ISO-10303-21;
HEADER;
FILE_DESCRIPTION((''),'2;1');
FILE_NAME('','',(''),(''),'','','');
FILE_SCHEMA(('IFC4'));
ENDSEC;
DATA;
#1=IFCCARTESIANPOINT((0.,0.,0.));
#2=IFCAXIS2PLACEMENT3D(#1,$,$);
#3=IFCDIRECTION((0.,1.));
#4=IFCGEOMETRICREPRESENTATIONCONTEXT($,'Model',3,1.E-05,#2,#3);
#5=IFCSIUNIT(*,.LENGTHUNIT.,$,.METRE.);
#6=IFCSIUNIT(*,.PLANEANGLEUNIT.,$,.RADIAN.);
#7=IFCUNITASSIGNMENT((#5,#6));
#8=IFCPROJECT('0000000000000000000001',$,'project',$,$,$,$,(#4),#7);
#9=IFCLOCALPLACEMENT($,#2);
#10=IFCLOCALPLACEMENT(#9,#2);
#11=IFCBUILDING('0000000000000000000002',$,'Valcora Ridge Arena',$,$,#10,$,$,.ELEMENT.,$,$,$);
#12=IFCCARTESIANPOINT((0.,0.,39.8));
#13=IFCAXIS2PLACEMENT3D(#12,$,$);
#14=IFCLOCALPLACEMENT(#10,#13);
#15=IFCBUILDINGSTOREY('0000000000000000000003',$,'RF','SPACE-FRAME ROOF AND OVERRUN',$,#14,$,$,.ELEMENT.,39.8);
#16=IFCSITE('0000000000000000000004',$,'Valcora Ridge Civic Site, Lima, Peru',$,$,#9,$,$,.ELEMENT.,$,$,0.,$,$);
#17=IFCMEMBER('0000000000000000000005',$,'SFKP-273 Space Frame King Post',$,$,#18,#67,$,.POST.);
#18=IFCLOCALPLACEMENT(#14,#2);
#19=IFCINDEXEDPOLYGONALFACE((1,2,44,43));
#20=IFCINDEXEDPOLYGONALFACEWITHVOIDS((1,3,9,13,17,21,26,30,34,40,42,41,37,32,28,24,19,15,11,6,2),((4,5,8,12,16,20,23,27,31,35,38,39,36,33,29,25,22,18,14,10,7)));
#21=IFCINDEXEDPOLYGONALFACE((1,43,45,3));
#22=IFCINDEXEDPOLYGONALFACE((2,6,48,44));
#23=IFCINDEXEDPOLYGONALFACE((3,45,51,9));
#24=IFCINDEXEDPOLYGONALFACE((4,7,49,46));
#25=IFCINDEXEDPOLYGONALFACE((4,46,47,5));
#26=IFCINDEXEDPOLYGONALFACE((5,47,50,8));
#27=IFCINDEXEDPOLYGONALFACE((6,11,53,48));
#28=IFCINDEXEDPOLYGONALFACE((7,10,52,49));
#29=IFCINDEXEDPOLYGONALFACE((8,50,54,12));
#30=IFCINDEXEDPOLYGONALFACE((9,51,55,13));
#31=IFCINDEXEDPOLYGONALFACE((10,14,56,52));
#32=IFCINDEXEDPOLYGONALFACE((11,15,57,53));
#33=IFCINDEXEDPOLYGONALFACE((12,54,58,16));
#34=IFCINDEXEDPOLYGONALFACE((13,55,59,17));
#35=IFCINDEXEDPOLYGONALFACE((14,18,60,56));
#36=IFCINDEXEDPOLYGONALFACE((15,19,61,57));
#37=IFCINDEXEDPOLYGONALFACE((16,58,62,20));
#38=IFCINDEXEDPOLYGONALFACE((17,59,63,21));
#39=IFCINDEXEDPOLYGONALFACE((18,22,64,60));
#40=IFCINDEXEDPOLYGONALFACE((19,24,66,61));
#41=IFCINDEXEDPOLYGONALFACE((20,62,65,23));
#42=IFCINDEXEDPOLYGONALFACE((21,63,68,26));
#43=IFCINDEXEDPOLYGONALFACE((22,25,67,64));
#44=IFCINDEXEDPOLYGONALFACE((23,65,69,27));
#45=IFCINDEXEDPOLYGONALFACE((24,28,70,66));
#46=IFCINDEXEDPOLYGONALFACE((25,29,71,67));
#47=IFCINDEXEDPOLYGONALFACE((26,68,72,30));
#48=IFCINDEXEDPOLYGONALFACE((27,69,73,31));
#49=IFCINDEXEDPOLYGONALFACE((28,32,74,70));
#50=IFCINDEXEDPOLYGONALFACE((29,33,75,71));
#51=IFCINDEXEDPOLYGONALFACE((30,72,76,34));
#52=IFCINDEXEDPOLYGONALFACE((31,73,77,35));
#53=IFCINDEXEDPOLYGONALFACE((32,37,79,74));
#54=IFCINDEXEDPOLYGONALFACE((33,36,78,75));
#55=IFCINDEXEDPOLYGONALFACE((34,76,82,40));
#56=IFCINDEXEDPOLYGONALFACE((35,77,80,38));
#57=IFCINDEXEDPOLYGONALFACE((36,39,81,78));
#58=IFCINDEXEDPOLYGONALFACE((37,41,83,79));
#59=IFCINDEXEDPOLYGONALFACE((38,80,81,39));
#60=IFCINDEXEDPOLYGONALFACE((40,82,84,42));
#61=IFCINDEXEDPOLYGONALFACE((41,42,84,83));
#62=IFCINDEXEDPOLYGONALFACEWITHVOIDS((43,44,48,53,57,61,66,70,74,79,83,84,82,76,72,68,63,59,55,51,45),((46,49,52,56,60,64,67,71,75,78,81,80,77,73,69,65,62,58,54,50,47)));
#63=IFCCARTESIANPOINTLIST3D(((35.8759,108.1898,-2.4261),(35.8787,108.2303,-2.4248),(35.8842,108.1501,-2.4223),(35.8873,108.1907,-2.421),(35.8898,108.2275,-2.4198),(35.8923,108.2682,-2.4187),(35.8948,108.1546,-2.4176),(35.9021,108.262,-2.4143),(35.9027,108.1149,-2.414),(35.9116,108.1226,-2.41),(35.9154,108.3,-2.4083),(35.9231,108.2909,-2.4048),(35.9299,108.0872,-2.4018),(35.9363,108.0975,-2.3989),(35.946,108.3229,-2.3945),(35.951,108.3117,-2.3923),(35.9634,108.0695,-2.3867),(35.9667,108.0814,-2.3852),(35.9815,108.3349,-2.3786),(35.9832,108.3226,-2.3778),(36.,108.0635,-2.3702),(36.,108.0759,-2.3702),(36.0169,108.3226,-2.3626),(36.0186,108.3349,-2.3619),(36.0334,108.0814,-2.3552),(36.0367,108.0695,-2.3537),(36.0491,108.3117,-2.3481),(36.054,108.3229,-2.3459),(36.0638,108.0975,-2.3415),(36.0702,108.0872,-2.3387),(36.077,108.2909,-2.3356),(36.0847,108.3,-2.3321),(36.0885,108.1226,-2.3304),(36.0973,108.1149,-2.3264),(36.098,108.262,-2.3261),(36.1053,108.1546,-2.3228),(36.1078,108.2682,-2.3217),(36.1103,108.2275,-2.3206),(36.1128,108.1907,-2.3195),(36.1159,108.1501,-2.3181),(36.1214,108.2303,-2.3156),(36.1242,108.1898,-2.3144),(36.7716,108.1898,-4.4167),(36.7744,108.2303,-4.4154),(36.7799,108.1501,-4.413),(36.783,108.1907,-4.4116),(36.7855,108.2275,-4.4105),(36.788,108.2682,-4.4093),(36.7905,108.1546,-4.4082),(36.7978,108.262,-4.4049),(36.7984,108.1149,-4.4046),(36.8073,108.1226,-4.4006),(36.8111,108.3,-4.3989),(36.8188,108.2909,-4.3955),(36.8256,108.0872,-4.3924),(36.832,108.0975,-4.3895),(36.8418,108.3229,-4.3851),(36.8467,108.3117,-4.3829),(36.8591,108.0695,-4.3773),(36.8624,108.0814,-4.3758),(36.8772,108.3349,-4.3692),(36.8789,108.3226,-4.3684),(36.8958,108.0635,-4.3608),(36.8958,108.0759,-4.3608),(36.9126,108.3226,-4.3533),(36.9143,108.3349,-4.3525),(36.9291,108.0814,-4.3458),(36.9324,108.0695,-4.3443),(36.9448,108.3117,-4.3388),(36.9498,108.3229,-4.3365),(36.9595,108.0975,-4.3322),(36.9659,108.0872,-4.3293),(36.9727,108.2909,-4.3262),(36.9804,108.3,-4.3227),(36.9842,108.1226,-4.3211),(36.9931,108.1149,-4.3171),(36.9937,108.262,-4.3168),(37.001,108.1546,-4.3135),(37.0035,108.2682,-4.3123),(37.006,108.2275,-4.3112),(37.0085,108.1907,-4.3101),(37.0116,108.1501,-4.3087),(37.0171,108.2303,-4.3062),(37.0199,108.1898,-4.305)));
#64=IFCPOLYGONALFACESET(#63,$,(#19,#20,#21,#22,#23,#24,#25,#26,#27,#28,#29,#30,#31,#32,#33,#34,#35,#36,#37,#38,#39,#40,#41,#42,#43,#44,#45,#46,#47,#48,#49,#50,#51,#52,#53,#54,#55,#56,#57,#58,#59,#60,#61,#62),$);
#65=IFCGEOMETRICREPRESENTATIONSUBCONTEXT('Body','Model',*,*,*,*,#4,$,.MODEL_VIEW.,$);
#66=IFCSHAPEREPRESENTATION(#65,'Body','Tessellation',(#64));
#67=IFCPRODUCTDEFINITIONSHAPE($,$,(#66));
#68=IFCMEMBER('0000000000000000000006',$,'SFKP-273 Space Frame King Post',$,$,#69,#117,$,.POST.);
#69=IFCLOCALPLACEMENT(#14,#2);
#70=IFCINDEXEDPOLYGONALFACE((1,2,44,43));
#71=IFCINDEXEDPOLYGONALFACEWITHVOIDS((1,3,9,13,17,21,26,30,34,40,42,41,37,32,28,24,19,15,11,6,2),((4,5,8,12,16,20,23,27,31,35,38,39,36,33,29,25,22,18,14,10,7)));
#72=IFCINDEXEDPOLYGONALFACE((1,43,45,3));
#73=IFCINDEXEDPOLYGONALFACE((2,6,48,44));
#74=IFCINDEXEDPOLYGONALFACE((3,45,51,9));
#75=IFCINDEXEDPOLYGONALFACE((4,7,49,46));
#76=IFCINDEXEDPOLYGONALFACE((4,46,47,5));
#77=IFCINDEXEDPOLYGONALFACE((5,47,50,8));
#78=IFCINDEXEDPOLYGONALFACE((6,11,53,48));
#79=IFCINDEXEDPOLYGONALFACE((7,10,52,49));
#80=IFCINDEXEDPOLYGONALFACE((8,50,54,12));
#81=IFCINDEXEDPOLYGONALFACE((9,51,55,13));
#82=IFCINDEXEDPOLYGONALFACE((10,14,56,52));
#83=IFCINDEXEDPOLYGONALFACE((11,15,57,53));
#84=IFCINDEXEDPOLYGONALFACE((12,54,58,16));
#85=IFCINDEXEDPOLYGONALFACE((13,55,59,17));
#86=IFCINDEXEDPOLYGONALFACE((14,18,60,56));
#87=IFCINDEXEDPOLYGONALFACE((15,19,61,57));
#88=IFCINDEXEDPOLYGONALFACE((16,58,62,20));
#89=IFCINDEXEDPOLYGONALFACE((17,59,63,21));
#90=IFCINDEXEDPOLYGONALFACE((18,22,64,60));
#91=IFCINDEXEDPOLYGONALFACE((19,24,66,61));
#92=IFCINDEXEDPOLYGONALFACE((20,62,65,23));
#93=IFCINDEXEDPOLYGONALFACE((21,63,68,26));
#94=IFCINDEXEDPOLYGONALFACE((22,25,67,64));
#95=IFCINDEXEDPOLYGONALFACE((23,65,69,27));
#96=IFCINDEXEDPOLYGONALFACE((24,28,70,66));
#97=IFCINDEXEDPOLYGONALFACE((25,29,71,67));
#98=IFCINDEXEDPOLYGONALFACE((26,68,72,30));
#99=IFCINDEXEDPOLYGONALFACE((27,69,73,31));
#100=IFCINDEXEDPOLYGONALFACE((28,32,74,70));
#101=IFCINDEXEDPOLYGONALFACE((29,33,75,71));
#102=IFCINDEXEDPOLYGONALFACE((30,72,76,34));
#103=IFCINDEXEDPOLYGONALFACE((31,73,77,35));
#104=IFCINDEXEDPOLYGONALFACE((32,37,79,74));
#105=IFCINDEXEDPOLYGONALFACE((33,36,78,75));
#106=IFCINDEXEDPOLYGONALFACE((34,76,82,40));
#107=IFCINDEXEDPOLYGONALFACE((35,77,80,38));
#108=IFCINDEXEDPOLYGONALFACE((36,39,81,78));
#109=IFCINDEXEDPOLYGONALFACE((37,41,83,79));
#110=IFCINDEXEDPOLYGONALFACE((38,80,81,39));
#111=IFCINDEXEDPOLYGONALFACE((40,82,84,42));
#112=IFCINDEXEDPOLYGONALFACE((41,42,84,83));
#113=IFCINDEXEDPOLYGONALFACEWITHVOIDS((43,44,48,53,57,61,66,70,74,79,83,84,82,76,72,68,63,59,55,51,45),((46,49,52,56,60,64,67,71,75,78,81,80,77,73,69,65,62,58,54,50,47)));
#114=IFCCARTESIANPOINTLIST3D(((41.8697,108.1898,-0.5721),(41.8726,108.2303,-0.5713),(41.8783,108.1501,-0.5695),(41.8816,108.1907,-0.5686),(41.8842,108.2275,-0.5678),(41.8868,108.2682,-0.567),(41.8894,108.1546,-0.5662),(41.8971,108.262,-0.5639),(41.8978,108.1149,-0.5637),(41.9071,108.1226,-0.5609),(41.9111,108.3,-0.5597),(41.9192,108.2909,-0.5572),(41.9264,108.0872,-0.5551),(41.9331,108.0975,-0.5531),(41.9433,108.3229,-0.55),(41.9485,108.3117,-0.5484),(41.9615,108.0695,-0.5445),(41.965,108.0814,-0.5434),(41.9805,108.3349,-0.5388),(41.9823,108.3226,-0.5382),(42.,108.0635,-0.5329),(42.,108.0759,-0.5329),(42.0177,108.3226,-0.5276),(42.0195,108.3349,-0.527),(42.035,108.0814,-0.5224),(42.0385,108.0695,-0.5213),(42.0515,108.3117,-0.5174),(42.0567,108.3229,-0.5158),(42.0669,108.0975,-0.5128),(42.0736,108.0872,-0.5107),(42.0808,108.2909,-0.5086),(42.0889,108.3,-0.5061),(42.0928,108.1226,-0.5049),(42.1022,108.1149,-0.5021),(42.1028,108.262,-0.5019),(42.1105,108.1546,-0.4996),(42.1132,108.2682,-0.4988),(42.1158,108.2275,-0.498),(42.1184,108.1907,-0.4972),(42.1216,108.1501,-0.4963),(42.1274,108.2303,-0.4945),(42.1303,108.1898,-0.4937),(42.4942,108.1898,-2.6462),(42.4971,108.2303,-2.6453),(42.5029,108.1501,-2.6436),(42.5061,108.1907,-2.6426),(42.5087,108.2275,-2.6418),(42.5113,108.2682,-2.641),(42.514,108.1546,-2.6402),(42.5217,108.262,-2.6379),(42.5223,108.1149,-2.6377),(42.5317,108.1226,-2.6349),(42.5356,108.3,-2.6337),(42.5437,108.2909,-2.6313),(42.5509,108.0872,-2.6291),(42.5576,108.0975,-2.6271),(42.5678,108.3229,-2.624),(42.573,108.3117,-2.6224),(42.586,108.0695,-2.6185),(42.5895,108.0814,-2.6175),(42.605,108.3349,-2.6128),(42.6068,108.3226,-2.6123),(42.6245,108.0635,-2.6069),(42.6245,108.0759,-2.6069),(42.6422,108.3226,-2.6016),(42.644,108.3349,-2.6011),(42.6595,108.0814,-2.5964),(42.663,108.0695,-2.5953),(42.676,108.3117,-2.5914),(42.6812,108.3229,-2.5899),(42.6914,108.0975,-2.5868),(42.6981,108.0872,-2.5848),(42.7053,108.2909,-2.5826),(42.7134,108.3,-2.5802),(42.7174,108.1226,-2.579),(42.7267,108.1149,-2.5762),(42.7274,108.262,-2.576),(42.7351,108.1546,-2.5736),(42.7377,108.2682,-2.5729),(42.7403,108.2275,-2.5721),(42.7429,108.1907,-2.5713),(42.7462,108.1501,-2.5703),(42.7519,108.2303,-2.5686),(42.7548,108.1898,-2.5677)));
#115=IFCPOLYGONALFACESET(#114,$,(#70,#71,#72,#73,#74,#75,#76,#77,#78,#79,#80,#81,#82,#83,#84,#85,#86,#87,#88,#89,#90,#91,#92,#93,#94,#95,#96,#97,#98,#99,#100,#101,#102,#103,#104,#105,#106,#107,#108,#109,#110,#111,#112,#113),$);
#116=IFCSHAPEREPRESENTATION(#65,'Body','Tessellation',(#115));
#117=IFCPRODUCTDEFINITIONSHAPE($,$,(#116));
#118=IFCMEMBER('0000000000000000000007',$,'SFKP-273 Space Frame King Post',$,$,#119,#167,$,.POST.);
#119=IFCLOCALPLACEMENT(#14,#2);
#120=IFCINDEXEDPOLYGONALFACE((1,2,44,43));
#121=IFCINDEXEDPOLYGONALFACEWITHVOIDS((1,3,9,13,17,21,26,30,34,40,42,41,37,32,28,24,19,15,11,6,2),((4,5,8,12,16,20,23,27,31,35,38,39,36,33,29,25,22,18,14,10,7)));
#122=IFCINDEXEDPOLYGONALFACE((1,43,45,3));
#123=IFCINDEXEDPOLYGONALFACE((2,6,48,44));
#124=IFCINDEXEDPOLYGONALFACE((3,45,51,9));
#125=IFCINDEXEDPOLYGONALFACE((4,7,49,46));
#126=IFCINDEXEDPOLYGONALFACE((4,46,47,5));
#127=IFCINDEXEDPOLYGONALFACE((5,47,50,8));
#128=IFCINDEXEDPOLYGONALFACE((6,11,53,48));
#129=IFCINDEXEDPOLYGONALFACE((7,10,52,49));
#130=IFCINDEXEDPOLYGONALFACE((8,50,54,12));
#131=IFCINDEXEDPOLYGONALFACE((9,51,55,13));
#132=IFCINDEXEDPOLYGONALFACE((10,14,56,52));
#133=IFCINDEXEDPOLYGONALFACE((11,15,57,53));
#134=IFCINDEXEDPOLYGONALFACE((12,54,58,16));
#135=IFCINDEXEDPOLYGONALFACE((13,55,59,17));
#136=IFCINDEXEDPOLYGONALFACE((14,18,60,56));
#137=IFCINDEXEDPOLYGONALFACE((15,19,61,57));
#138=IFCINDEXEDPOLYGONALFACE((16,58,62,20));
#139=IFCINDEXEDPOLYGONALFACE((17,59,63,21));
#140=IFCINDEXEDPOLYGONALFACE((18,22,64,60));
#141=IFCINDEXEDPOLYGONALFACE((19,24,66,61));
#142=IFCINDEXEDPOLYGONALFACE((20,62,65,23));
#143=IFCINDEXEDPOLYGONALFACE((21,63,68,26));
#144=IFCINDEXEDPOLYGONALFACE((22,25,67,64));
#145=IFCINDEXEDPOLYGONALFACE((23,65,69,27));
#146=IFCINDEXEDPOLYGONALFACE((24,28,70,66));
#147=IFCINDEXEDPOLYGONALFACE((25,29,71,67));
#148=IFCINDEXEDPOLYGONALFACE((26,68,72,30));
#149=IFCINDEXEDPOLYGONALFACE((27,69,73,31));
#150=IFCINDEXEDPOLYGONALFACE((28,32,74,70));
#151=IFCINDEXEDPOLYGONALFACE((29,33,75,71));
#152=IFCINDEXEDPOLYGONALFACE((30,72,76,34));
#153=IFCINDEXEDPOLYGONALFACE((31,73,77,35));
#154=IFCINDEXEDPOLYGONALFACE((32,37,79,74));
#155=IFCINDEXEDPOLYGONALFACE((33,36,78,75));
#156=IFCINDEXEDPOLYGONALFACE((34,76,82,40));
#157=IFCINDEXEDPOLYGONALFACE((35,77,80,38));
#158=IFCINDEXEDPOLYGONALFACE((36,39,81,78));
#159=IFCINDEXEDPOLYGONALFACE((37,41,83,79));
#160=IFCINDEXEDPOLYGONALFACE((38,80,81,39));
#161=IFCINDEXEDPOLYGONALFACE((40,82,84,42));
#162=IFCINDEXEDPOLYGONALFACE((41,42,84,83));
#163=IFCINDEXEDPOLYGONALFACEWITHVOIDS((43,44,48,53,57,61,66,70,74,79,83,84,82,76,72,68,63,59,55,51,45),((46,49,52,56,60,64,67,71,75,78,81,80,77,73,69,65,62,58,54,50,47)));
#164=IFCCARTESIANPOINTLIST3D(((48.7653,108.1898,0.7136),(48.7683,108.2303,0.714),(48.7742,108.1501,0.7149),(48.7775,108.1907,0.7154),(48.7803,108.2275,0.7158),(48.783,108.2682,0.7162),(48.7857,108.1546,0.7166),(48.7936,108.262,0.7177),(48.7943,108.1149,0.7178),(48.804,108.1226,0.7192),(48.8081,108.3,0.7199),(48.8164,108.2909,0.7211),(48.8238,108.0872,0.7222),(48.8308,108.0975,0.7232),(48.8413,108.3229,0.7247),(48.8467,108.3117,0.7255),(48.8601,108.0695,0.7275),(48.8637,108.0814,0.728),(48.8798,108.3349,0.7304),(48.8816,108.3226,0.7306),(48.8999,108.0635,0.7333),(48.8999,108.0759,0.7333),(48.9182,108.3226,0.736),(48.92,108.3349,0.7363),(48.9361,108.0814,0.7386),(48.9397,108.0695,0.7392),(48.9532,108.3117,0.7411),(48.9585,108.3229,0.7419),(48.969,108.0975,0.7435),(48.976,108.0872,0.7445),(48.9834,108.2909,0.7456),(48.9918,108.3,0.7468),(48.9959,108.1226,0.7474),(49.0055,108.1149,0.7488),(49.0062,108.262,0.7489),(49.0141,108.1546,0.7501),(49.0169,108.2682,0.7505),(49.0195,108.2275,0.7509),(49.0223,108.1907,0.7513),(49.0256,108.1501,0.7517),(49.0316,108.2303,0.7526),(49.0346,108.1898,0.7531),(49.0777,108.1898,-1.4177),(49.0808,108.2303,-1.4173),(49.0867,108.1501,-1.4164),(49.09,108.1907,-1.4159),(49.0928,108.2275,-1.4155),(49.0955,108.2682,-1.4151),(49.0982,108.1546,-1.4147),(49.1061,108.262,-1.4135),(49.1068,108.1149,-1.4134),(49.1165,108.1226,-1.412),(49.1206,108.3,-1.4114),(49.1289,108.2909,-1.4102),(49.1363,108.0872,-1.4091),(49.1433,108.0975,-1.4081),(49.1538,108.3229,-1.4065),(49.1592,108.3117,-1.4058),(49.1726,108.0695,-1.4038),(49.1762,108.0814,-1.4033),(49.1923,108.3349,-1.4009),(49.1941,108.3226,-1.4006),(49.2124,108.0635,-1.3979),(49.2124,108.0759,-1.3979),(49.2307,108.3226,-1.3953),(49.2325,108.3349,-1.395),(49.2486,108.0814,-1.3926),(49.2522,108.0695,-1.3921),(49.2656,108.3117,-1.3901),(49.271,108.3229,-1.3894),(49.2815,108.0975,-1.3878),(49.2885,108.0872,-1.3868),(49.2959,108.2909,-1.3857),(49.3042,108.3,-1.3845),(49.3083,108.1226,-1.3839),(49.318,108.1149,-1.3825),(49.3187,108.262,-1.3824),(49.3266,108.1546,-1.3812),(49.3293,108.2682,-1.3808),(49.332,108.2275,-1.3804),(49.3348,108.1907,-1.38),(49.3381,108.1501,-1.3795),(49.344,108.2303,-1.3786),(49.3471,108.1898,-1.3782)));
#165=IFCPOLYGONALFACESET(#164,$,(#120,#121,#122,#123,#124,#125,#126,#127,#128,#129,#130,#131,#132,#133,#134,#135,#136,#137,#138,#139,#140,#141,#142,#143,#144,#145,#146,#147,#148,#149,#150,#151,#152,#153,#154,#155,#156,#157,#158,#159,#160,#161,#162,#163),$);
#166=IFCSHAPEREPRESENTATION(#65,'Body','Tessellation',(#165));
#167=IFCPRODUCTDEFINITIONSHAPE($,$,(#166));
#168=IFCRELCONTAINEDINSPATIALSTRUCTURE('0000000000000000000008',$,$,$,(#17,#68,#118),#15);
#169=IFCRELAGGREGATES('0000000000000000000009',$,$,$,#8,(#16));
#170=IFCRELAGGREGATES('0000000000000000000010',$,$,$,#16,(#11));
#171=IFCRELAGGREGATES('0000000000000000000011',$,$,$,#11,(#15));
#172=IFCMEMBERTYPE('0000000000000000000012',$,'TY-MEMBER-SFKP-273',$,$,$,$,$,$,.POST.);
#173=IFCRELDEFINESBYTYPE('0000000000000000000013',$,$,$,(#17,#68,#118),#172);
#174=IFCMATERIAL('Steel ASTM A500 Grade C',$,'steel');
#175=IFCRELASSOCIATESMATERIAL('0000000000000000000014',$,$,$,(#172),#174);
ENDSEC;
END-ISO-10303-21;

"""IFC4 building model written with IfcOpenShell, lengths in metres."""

from ifc_helpers import new_model, si_unit, direction, frame, origin, origin_2d, place, context, subcontext, project, spatial, hollow_circle, extrude, material, material_profile, profile_set, type_object, element, save


model = new_model("IFC4")

# Units and contexts
model_context = context("Model", 3, precision=1e-05, world=origin(), true_north=direction((0.0, 1.0)))
body_context = subcontext(model_context, "Body", "Model", "MODEL_VIEW")
ifc_project = project(units=[si_unit("LENGTHUNIT", "METRE"), si_unit("PLANEANGLEUNIT", "RADIAN")], contexts=[model_context])

# Site, building, storey
site_placement = place(None, origin())
site = spatial("IfcSite", under=ifc_project, at=site_placement, Name="Valcora Ridge Civic Site, Lima, Peru", CompositionType="ELEMENT", RefElevation=0.0)
building_placement = place(site_placement, origin())
building = spatial("IfcBuilding", under=site, at=building_placement, Name="Valcora Ridge Arena", CompositionType="ELEMENT")
storey_placement = place(building_placement, frame((0.0, 0.0, 39.8)))
storey = spatial("IfcBuildingStorey", under=building, at=storey_placement, Name="RF", Description="SPACE-FRAME ROOF AND OVERRUN", CompositionType="ELEMENT", Elevation=39.8)

# Members
ifc_material_1 = material(Name="Steel ASTM A500 Grade C", Category="steel")
ifc_material_profile_1 = material_profile(ifc_material_1, hollow_circle(Radius=0.1365, WallThickness=0.0125, at=origin_2d()), Name="CHS273X12")
ifc_profile_set_1 = profile_set([ifc_material_profile_1], Name="Steel ASTM A500 Grade C")
member_type_1 = type_object("IfcMemberType", Name="TY-MEMBER-SFKP-273", PredefinedType="POST", material=ifc_profile_set_1)
member_1_placement = place(storey_placement, frame((36.8958, 108.2, -4.3608), z_axis=(-0.410337, 0.0, 0.911934), x_axis=(0.0, -1.0, 0.0)))
element("IfcMember", 1, at=member_1_placement, inside=storey, type_object=member_type_1, Name="SFKP-273 Space Frame King Post", PredefinedType="POST", context=body_context, shape_type="SweptSolid", body=[
    extrude(hollow_circle(Radius=0.1365, WallThickness=0.0125, at=origin_2d()), origin(), (0.0, 0.0, 1.0), 2.1829),
])
member_2_placement = place(storey_placement, frame((42.6245, 108.2, -2.6069), z_axis=(-0.28833, 0.0, 0.957531), x_axis=(0.0, -1.0, 0.0)))
element("IfcMember", 2, at=member_2_placement, inside=storey, type_object=member_type_1, Name="SFKP-273 Space Frame King Post", PredefinedType="POST", context=body_context, shape_type="SweptSolid", body=[
    extrude(hollow_circle(Radius=0.1365, WallThickness=0.0125, at=origin_2d()), origin(), (0.0, 0.0, 1.0), 2.166),
])
member_3_placement = place(storey_placement, frame((49.2124, 108.2, -1.3979), z_axis=(-0.14507, 0.0, 0.989421), x_axis=(0.0, -1.0, 0.0)))
element("IfcMember", 3, at=member_3_placement, inside=storey, type_object=member_type_1, Name="SFKP-273 Space Frame King Post", PredefinedType="POST", context=body_context, shape_type="SweptSolid", body=[
    extrude(hollow_circle(Radius=0.1365, WallThickness=0.0125, at=origin_2d()), origin(), (0.0, 0.0, 1.0), 2.1541),
])

save(model, "model.ifc")
